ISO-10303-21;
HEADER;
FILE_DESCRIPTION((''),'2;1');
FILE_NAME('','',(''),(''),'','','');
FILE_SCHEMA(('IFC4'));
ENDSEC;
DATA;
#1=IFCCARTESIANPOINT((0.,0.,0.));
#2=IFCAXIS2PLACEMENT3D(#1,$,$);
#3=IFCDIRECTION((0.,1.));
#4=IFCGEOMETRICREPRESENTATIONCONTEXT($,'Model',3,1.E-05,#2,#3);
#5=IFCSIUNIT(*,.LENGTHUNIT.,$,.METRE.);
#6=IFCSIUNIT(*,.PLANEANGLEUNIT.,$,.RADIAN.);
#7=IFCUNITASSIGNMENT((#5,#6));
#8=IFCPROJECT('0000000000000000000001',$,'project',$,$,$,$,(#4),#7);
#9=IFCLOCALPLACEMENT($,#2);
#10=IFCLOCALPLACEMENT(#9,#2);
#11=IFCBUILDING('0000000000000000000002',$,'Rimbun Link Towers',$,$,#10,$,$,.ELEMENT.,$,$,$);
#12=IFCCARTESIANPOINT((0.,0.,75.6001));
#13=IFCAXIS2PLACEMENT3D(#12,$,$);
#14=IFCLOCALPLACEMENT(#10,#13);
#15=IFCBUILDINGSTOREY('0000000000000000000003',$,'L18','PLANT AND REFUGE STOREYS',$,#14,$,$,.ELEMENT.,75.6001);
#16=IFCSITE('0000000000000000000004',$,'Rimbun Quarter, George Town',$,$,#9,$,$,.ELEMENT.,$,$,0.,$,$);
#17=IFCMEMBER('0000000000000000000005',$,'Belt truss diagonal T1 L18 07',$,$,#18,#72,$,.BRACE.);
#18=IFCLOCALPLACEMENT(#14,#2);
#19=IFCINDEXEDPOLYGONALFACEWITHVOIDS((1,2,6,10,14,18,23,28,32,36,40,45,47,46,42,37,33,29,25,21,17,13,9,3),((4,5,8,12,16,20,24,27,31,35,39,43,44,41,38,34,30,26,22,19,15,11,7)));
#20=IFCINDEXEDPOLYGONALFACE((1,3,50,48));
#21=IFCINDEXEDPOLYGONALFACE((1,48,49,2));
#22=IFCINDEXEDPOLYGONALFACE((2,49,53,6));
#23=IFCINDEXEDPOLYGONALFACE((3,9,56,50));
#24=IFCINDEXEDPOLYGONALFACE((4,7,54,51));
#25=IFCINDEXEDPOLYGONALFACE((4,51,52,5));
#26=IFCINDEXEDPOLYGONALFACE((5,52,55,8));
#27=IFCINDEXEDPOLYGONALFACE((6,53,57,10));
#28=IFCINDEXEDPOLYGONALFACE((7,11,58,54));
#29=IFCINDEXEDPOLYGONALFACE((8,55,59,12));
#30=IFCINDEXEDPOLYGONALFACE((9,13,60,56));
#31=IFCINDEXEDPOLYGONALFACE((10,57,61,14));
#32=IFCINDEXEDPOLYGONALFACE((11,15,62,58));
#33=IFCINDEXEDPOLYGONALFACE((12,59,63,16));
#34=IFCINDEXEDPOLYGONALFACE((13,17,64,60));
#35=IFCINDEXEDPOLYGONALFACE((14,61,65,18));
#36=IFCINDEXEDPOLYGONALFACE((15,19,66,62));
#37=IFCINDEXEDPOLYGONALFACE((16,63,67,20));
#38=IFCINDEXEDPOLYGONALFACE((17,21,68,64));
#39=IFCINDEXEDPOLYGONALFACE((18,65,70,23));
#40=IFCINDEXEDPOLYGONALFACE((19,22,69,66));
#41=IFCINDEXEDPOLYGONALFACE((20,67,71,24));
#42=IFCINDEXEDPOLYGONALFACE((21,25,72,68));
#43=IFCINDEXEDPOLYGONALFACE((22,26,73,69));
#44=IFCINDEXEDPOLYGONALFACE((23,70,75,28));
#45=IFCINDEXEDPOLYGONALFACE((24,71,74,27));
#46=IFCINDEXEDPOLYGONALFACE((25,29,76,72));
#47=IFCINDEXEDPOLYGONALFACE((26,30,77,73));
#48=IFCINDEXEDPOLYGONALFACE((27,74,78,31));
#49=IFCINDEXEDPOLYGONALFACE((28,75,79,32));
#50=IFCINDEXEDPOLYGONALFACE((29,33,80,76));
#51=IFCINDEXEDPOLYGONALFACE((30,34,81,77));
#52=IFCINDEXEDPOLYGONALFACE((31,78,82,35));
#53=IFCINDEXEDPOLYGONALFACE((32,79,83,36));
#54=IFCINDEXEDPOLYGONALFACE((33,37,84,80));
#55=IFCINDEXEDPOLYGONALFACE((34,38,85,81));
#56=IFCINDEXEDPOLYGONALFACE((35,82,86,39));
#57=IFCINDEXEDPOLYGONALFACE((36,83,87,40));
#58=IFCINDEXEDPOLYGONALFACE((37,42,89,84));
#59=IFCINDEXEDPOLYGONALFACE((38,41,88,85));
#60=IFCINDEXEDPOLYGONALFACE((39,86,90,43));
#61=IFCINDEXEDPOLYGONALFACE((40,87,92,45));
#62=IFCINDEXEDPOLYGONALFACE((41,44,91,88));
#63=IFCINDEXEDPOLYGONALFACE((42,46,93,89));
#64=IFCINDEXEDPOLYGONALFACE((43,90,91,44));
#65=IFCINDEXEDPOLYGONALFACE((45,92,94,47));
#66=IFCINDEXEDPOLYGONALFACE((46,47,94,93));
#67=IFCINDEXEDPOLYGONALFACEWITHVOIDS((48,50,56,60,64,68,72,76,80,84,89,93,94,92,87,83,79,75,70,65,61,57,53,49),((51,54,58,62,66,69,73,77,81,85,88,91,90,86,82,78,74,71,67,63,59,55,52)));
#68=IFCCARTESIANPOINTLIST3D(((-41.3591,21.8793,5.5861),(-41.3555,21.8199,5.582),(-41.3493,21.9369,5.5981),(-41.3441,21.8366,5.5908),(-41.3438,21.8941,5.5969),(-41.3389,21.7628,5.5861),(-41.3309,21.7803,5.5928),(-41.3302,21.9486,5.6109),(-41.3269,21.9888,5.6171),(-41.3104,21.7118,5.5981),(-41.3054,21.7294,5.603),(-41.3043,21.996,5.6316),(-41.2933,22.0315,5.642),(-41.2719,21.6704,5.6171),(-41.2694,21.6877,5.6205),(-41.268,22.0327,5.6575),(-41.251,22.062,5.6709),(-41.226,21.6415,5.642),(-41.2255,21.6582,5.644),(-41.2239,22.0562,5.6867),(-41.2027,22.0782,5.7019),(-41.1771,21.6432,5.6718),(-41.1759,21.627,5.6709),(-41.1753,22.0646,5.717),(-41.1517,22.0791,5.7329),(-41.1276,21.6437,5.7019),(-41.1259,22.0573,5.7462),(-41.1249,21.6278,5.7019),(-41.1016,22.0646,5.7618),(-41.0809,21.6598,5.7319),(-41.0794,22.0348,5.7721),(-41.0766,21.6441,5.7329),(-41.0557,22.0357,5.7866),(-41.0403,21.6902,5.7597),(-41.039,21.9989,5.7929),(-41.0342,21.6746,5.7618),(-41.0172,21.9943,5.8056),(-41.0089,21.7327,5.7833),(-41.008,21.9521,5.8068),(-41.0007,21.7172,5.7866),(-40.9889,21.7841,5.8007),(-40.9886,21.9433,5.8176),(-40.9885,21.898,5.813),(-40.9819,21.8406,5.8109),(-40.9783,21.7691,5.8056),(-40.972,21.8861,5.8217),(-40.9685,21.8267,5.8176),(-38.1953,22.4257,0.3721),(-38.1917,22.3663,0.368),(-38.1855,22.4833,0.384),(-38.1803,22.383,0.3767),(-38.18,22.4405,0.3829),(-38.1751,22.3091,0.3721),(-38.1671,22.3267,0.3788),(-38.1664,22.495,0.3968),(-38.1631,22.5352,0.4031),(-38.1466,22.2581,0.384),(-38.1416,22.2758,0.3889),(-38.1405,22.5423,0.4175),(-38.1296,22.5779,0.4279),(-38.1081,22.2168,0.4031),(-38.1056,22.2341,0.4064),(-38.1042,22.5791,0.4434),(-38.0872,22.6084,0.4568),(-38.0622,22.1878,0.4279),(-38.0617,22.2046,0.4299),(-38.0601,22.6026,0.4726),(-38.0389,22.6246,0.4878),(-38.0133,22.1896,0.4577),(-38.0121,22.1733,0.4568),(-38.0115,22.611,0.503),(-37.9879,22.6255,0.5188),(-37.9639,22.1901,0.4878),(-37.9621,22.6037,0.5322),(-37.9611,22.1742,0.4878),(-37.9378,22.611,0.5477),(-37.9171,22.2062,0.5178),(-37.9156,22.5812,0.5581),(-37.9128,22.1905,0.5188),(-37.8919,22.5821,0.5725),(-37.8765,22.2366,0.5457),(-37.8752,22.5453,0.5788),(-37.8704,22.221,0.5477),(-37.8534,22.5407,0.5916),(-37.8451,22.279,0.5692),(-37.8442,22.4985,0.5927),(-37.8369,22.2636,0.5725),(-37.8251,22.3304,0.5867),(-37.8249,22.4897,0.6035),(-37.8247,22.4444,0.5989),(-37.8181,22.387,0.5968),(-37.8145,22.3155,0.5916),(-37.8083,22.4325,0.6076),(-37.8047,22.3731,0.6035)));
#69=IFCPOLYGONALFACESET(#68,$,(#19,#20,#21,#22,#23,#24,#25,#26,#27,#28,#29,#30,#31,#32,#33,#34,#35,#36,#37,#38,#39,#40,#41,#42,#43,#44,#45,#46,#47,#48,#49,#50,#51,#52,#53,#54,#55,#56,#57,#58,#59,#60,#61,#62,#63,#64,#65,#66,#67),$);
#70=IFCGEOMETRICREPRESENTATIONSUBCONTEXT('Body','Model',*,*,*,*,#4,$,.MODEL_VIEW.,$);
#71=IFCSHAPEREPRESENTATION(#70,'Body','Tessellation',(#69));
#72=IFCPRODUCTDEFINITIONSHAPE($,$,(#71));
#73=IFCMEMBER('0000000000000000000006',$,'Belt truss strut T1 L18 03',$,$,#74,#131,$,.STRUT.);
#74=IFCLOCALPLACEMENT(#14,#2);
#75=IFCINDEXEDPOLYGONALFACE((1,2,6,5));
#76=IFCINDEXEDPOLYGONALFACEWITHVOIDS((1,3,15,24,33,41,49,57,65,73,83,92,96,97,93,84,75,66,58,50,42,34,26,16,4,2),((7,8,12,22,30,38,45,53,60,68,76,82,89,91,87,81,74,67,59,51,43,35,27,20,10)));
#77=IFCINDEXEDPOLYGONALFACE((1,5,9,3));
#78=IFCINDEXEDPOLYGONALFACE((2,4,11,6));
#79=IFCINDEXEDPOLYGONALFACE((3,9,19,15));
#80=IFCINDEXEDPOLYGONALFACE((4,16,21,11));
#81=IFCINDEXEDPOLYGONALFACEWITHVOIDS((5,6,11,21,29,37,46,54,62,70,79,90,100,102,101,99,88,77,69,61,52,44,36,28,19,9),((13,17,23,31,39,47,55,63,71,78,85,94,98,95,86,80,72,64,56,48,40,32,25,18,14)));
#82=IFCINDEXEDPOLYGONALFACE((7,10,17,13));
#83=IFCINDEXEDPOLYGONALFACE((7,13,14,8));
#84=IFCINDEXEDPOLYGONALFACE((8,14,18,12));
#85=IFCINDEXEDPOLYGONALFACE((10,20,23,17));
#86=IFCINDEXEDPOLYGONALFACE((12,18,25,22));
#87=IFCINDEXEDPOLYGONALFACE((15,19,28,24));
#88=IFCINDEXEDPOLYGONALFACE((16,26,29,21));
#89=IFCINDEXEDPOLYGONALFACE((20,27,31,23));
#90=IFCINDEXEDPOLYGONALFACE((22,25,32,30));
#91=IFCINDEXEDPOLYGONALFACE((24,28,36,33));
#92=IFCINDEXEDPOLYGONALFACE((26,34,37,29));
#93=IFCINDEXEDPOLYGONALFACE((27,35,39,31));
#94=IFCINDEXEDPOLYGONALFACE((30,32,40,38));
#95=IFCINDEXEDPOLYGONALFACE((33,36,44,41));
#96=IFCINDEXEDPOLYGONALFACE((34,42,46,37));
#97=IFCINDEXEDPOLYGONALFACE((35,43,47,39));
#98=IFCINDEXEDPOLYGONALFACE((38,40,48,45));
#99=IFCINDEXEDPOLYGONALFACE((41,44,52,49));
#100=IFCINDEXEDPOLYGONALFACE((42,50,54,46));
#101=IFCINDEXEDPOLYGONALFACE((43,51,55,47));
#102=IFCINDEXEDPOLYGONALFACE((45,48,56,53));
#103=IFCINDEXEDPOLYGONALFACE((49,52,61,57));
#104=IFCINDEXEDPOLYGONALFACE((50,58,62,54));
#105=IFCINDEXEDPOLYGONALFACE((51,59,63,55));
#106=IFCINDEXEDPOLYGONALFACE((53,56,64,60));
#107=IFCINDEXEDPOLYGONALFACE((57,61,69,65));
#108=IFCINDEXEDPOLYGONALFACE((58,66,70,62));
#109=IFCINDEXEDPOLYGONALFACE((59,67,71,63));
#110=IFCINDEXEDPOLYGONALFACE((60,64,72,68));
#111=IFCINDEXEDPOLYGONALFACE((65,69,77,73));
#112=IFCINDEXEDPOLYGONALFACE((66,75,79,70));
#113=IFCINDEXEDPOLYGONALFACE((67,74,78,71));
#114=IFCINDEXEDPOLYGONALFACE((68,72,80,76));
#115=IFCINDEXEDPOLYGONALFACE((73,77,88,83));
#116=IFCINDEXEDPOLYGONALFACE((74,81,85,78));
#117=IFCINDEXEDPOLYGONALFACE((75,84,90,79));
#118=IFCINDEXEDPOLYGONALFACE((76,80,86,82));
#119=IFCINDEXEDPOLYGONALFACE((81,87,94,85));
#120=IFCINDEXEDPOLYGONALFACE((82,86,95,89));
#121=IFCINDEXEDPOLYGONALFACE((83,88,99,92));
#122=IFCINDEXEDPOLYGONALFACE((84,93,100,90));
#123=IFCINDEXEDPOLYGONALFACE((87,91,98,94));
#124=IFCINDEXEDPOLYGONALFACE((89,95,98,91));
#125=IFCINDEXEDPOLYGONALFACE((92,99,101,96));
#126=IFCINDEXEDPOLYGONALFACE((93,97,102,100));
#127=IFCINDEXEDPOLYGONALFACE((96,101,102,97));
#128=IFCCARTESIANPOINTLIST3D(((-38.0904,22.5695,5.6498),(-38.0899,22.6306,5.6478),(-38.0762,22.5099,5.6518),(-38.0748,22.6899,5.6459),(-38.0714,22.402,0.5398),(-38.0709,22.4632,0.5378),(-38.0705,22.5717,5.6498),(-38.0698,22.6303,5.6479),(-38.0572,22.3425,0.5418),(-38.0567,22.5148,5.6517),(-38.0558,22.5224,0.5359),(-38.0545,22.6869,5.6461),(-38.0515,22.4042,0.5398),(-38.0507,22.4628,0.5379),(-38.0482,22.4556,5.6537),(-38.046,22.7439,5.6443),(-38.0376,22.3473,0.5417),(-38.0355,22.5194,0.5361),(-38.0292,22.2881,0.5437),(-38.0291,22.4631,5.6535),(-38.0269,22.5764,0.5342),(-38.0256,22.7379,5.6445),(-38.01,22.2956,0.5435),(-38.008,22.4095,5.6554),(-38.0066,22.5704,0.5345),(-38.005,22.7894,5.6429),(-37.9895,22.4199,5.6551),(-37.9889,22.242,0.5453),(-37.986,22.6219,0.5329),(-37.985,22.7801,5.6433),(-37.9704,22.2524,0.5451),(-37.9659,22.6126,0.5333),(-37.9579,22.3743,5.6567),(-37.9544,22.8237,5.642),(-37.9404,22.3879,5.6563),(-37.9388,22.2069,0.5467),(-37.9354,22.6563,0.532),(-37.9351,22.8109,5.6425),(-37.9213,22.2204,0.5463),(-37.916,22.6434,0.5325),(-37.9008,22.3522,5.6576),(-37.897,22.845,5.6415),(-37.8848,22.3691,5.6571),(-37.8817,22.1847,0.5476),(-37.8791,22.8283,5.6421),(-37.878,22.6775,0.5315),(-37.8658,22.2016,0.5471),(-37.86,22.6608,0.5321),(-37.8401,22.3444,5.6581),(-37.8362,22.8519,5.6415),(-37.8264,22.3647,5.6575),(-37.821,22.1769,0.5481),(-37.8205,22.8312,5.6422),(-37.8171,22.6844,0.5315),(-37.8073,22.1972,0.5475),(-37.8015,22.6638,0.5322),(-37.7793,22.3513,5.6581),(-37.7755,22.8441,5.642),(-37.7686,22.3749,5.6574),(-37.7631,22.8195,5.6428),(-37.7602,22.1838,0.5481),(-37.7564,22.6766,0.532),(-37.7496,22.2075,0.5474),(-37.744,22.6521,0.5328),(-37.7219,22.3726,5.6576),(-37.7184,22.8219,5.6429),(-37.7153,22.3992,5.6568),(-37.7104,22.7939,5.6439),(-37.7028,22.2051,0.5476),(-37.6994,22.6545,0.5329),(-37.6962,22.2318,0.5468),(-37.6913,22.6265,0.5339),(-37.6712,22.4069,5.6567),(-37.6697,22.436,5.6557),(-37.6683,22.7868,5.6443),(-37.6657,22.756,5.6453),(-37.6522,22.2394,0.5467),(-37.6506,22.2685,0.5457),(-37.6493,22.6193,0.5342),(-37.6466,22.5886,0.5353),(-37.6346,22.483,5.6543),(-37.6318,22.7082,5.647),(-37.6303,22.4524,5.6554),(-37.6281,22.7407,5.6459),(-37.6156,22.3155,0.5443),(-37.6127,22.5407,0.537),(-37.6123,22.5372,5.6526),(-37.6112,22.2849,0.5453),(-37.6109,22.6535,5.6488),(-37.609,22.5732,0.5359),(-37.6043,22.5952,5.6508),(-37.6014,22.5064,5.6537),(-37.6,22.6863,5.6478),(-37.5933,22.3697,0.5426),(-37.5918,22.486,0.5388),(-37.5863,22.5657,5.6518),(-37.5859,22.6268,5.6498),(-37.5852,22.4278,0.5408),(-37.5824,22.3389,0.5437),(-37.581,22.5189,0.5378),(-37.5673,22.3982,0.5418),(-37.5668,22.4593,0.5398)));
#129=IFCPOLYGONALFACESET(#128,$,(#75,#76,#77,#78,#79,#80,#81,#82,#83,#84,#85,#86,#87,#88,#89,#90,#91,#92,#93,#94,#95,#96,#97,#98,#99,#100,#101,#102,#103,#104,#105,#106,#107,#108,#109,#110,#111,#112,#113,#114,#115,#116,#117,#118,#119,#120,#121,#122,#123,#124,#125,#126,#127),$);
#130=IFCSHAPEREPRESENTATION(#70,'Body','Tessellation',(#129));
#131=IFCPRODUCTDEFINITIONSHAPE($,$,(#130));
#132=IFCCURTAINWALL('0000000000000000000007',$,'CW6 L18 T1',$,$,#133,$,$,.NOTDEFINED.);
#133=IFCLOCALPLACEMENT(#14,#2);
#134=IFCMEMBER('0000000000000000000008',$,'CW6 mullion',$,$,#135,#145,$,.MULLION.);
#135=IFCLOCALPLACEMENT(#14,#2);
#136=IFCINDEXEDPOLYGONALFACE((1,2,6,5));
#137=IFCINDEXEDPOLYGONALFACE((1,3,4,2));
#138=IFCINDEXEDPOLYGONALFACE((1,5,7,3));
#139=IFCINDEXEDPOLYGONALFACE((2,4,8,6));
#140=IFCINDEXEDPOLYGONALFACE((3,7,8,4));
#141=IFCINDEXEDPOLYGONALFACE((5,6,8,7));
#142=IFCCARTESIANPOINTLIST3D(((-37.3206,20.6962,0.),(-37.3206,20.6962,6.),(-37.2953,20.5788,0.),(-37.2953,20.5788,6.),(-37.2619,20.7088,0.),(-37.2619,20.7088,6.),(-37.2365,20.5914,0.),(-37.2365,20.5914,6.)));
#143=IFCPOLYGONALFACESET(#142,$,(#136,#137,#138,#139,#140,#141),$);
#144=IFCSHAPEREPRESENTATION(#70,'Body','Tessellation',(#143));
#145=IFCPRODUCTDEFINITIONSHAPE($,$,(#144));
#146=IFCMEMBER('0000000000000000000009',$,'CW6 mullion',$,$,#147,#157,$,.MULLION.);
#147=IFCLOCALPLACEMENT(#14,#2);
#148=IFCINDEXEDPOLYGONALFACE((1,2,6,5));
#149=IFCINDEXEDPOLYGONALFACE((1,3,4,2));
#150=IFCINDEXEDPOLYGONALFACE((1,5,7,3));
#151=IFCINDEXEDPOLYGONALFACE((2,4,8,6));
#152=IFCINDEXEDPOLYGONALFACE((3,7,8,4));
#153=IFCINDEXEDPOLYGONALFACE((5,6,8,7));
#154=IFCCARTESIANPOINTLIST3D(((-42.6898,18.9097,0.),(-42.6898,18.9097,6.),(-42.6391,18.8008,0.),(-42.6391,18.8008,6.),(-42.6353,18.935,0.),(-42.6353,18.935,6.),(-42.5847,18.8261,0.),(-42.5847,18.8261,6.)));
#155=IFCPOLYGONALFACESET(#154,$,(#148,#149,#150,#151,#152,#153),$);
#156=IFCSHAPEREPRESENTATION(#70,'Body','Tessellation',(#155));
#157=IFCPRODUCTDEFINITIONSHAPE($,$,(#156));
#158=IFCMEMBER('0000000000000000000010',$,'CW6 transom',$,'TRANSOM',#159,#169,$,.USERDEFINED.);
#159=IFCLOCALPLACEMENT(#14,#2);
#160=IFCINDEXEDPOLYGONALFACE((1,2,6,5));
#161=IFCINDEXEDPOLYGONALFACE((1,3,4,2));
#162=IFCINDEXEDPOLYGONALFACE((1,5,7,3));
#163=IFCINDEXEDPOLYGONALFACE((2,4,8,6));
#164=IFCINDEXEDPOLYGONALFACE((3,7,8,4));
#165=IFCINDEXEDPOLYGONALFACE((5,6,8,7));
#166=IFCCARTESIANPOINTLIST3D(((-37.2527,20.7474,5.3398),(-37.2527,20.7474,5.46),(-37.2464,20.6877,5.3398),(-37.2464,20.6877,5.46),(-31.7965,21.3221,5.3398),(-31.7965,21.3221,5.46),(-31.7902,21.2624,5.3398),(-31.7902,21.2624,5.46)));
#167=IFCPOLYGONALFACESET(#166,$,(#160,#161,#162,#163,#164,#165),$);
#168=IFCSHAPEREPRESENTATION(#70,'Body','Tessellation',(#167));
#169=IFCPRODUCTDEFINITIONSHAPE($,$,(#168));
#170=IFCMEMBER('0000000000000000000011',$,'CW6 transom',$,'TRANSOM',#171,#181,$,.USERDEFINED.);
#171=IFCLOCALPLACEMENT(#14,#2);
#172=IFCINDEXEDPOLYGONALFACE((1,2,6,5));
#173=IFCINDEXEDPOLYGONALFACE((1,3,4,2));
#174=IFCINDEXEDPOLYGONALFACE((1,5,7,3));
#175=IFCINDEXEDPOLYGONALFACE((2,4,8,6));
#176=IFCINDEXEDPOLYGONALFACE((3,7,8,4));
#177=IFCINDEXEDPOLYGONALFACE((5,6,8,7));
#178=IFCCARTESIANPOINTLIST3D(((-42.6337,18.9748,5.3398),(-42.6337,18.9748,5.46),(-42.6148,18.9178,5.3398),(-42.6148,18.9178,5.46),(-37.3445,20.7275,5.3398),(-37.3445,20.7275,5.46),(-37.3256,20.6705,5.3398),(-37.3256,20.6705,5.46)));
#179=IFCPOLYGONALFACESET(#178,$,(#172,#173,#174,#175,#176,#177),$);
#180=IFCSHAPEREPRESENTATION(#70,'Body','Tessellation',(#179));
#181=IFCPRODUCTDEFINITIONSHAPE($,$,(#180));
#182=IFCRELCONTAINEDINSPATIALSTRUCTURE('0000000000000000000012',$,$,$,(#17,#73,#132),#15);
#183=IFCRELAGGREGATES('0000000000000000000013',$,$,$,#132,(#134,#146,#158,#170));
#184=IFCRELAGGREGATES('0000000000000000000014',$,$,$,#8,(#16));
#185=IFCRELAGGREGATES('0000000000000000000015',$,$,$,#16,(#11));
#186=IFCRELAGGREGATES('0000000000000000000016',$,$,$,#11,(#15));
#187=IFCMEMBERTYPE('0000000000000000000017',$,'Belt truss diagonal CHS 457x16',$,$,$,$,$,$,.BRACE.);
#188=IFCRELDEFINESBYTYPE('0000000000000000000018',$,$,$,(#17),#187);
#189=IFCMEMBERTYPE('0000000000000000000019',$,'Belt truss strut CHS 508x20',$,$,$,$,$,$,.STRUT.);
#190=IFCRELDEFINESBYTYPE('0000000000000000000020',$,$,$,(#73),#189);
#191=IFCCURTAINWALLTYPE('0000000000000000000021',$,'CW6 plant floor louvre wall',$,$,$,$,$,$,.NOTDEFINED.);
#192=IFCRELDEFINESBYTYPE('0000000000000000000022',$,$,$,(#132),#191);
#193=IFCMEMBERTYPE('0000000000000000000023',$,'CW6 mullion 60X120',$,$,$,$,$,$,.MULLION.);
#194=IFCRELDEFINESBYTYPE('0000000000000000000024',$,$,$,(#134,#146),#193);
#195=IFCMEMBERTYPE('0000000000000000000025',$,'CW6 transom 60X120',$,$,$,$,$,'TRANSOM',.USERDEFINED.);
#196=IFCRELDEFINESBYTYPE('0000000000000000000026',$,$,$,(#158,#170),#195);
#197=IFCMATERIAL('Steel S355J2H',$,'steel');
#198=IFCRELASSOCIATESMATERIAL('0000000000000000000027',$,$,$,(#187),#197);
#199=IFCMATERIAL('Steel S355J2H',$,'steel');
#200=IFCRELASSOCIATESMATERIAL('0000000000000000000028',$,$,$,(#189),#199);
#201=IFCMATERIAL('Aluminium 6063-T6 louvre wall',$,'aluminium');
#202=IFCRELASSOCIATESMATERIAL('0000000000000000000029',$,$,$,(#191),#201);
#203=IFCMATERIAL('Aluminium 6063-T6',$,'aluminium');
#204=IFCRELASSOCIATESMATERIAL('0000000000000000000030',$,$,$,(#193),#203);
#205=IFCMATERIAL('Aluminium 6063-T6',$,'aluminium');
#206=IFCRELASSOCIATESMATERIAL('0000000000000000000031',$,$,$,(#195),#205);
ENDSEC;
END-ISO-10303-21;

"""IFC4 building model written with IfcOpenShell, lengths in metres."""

from ifc_helpers import new_model, si_unit, direction, frame, origin, origin_2d, place, context, subcontext, project, spatial, rectangle, hollow_circle, extrude, material, material_profile, profile_set, type_object, element, aggregate, save


model = new_model("IFC4")

# Units and contexts
model_context = context("Model", 3, precision=1e-05, world=origin(), true_north=direction((0.0, 1.0)))
body_context = subcontext(model_context, "Body", "Model", "MODEL_VIEW")
ifc_project = project(units=[si_unit("LENGTHUNIT", "METRE"), si_unit("PLANEANGLEUNIT", "RADIAN")], contexts=[model_context])

# Site, building, storey
site_placement = place(None, origin())
site = spatial("IfcSite", under=ifc_project, at=site_placement, Name="Rimbun Quarter, George Town", CompositionType="ELEMENT", RefElevation=0.0)
building_placement = place(site_placement, origin())
building = spatial("IfcBuilding", under=site, at=building_placement, Name="Rimbun Link Towers", CompositionType="ELEMENT")
storey_placement = place(building_placement, frame((0.0, 0.0, 75.6001)))
storey = spatial("IfcBuildingStorey", under=building, at=storey_placement, Name="L18", Description="PLANT AND REFUGE STOREYS", CompositionType="ELEMENT", Elevation=75.6001)

# Members
ifc_material_1 = material(Name="Steel S355J2H", Category="steel")
ifc_material_profile_1 = material_profile(ifc_material_1, hollow_circle(Radius=0.2285, WallThickness=0.0161, at=origin_2d()), Name="Belt truss diagonal CHS 457x16")
ifc_profile_set_1 = profile_set([ifc_material_profile_1], Name="Steel S355J2H")
member_type_1 = type_object("IfcMemberType", Name="Belt truss diagonal CHS 457x16", PredefinedType="BRACE", material=ifc_profile_set_1)
member_1_placement = place(storey_placement, frame((-38.0, 22.3994, 0.4878), z_axis=(-0.516682, -0.08923, 0.851515), x_axis=(0.170179, -0.985413, 0.0)))
element("IfcMember", 1, at=member_1_placement, inside=storey, type_object=member_type_1, Name="Belt truss diagonal T1 L18 07", PredefinedType="BRACE", context=body_context, shape_type="SweptSolid", body=[
    extrude(hollow_circle(Radius=0.2285, WallThickness=0.0161, at=origin_2d()), origin(), (0.0, 0.0, 1.0), 6.1233),
])
ifc_material_2 = material(Name="Steel S355J2H", Category="steel")
ifc_material_profile_2 = material_profile(ifc_material_2, hollow_circle(Radius=0.2539, WallThickness=0.02, at=origin_2d()), Name="Belt truss strut CHS 508x20")
ifc_profile_set_2 = profile_set([ifc_material_profile_2], Name="Steel S355J2H")
member_type_2 = type_object("IfcMemberType", Name="Belt truss strut CHS 508x20", PredefinedType="STRUT", material=ifc_profile_set_2)
member_2_placement = place(storey_placement, frame((-37.8191, 22.4307, 0.5398), z_axis=(-0.003725, 0.032757, 0.999456), x_axis=(-0.993598, -0.112975, 0.0)))
element("IfcMember", 2, at=member_2_placement, inside=storey, type_object=member_type_2, Name="Belt truss strut T1 L18 03", PredefinedType="STRUT", context=body_context, shape_type="SweptSolid", body=[
    extrude(hollow_circle(Radius=0.2539, WallThickness=0.02, at=origin_2d()), origin(), (0.0, 0.0, 1.0), 5.1128),
])

# Curtain wall, members
ifc_material_3 = material(Name="Aluminium 6063-T6 louvre wall", Category="aluminium")
curtain_wall_type = type_object("IfcCurtainWallType", Name="CW6 plant floor louvre wall", PredefinedType="NOTDEFINED", material=ifc_material_3)
curtain_wall_placement = place(storey_placement, origin())
curtain_wall = element("IfcCurtainWall", 3, at=curtain_wall_placement, inside=storey, type_object=curtain_wall_type, Name="CW6 L18 T1", PredefinedType="NOTDEFINED")
ifc_material_4 = material(Name="Aluminium 6063-T6", Category="aluminium")
ifc_material_profile_3 = material_profile(ifc_material_4, rectangle(XDim=0.1201, YDim=0.0601, at=origin_2d()), Name="MULLION 60X120")
ifc_profile_set_3 = profile_set([ifc_material_profile_3], Name="Aluminium 6063-T6")
member_type_3 = type_object("IfcMemberType", Name="CW6 mullion 60X120", PredefinedType="MULLION", material=ifc_profile_set_3)
member_3_placement = place(storey_placement, frame((-37.2786, 20.6438, 0.0), z_axis=(0.0, 0.0, 1.0), x_axis=(-0.210874, 0.977513, 0.0)))
member_3 = element("IfcMember", 4, at=member_3_placement, type_object=member_type_3, Name="CW6 mullion", PredefinedType="MULLION", context=body_context, shape_type="SweptSolid", body=[
    extrude(rectangle(XDim=0.1201, YDim=0.0601, at=origin_2d()), origin(), (0.0, 0.0, 1.0), 6.0),
])
member_4_placement = place(storey_placement, frame((-42.6372, 18.8679, 0.0), z_axis=(0.0, 0.0, 1.0), x_axis=(-0.421707, 0.906732, 0.0)))
member_4 = element("IfcMember", 5, at=member_4_placement, type_object=member_type_3, Name="CW6 mullion", PredefinedType="MULLION", context=body_context, shape_type="SweptSolid", body=[
    extrude(rectangle(XDim=0.1201, YDim=0.0601, at=origin_2d()), origin(), (0.0, 0.0, 1.0), 6.0),
])
ifc_material_5 = material(Name="Aluminium 6063-T6", Category="aluminium")
ifc_material_profile_4 = material_profile(ifc_material_5, rectangle(XDim=0.0601, YDim=0.1201, at=origin_2d()), Name="TRANSOM 60X120")
ifc_profile_set_4 = profile_set([ifc_material_profile_4], Name="Aluminium 6063-T6")
member_type_4 = type_object("IfcMemberType", Name="CW6 transom 60X120", ElementType="TRANSOM", PredefinedType="USERDEFINED", material=ifc_profile_set_4)
member_5_placement = place(storey_placement, frame((-37.2495, 20.7175, 5.3999), z_axis=(0.994498, 0.104754, 0.0), x_axis=(-0.104754, 0.994498, 0.0)))
member_5 = element("IfcMember", 6, at=member_5_placement, type_object=member_type_4, Name="CW6 transom", ObjectType="TRANSOM", PredefinedType="USERDEFINED", context=body_context, shape_type="SweptSolid", body=[
    extrude(rectangle(XDim=0.0601, YDim=0.1201, at=origin_2d()), origin(), (0.0, 0.0, 1.0), 5.4863),
])
member_6_placement = place(storey_placement, frame((-42.6243, 18.9463, 5.3999), z_axis=(0.949238, 0.314558, 0.0), x_axis=(-0.314558, 0.949238, 0.0)))
member_6 = element("IfcMember", 7, at=member_6_placement, type_object=member_type_4, Name="CW6 transom", ObjectType="TRANSOM", PredefinedType="USERDEFINED", context=body_context, shape_type="SweptSolid", body=[
    extrude(rectangle(XDim=0.0601, YDim=0.1201, at=origin_2d()), origin(), (0.0, 0.0, 1.0), 5.572),
])

aggregate(curtain_wall, [member_3, member_4, member_5, member_6])

save(model, "model.ifc")
